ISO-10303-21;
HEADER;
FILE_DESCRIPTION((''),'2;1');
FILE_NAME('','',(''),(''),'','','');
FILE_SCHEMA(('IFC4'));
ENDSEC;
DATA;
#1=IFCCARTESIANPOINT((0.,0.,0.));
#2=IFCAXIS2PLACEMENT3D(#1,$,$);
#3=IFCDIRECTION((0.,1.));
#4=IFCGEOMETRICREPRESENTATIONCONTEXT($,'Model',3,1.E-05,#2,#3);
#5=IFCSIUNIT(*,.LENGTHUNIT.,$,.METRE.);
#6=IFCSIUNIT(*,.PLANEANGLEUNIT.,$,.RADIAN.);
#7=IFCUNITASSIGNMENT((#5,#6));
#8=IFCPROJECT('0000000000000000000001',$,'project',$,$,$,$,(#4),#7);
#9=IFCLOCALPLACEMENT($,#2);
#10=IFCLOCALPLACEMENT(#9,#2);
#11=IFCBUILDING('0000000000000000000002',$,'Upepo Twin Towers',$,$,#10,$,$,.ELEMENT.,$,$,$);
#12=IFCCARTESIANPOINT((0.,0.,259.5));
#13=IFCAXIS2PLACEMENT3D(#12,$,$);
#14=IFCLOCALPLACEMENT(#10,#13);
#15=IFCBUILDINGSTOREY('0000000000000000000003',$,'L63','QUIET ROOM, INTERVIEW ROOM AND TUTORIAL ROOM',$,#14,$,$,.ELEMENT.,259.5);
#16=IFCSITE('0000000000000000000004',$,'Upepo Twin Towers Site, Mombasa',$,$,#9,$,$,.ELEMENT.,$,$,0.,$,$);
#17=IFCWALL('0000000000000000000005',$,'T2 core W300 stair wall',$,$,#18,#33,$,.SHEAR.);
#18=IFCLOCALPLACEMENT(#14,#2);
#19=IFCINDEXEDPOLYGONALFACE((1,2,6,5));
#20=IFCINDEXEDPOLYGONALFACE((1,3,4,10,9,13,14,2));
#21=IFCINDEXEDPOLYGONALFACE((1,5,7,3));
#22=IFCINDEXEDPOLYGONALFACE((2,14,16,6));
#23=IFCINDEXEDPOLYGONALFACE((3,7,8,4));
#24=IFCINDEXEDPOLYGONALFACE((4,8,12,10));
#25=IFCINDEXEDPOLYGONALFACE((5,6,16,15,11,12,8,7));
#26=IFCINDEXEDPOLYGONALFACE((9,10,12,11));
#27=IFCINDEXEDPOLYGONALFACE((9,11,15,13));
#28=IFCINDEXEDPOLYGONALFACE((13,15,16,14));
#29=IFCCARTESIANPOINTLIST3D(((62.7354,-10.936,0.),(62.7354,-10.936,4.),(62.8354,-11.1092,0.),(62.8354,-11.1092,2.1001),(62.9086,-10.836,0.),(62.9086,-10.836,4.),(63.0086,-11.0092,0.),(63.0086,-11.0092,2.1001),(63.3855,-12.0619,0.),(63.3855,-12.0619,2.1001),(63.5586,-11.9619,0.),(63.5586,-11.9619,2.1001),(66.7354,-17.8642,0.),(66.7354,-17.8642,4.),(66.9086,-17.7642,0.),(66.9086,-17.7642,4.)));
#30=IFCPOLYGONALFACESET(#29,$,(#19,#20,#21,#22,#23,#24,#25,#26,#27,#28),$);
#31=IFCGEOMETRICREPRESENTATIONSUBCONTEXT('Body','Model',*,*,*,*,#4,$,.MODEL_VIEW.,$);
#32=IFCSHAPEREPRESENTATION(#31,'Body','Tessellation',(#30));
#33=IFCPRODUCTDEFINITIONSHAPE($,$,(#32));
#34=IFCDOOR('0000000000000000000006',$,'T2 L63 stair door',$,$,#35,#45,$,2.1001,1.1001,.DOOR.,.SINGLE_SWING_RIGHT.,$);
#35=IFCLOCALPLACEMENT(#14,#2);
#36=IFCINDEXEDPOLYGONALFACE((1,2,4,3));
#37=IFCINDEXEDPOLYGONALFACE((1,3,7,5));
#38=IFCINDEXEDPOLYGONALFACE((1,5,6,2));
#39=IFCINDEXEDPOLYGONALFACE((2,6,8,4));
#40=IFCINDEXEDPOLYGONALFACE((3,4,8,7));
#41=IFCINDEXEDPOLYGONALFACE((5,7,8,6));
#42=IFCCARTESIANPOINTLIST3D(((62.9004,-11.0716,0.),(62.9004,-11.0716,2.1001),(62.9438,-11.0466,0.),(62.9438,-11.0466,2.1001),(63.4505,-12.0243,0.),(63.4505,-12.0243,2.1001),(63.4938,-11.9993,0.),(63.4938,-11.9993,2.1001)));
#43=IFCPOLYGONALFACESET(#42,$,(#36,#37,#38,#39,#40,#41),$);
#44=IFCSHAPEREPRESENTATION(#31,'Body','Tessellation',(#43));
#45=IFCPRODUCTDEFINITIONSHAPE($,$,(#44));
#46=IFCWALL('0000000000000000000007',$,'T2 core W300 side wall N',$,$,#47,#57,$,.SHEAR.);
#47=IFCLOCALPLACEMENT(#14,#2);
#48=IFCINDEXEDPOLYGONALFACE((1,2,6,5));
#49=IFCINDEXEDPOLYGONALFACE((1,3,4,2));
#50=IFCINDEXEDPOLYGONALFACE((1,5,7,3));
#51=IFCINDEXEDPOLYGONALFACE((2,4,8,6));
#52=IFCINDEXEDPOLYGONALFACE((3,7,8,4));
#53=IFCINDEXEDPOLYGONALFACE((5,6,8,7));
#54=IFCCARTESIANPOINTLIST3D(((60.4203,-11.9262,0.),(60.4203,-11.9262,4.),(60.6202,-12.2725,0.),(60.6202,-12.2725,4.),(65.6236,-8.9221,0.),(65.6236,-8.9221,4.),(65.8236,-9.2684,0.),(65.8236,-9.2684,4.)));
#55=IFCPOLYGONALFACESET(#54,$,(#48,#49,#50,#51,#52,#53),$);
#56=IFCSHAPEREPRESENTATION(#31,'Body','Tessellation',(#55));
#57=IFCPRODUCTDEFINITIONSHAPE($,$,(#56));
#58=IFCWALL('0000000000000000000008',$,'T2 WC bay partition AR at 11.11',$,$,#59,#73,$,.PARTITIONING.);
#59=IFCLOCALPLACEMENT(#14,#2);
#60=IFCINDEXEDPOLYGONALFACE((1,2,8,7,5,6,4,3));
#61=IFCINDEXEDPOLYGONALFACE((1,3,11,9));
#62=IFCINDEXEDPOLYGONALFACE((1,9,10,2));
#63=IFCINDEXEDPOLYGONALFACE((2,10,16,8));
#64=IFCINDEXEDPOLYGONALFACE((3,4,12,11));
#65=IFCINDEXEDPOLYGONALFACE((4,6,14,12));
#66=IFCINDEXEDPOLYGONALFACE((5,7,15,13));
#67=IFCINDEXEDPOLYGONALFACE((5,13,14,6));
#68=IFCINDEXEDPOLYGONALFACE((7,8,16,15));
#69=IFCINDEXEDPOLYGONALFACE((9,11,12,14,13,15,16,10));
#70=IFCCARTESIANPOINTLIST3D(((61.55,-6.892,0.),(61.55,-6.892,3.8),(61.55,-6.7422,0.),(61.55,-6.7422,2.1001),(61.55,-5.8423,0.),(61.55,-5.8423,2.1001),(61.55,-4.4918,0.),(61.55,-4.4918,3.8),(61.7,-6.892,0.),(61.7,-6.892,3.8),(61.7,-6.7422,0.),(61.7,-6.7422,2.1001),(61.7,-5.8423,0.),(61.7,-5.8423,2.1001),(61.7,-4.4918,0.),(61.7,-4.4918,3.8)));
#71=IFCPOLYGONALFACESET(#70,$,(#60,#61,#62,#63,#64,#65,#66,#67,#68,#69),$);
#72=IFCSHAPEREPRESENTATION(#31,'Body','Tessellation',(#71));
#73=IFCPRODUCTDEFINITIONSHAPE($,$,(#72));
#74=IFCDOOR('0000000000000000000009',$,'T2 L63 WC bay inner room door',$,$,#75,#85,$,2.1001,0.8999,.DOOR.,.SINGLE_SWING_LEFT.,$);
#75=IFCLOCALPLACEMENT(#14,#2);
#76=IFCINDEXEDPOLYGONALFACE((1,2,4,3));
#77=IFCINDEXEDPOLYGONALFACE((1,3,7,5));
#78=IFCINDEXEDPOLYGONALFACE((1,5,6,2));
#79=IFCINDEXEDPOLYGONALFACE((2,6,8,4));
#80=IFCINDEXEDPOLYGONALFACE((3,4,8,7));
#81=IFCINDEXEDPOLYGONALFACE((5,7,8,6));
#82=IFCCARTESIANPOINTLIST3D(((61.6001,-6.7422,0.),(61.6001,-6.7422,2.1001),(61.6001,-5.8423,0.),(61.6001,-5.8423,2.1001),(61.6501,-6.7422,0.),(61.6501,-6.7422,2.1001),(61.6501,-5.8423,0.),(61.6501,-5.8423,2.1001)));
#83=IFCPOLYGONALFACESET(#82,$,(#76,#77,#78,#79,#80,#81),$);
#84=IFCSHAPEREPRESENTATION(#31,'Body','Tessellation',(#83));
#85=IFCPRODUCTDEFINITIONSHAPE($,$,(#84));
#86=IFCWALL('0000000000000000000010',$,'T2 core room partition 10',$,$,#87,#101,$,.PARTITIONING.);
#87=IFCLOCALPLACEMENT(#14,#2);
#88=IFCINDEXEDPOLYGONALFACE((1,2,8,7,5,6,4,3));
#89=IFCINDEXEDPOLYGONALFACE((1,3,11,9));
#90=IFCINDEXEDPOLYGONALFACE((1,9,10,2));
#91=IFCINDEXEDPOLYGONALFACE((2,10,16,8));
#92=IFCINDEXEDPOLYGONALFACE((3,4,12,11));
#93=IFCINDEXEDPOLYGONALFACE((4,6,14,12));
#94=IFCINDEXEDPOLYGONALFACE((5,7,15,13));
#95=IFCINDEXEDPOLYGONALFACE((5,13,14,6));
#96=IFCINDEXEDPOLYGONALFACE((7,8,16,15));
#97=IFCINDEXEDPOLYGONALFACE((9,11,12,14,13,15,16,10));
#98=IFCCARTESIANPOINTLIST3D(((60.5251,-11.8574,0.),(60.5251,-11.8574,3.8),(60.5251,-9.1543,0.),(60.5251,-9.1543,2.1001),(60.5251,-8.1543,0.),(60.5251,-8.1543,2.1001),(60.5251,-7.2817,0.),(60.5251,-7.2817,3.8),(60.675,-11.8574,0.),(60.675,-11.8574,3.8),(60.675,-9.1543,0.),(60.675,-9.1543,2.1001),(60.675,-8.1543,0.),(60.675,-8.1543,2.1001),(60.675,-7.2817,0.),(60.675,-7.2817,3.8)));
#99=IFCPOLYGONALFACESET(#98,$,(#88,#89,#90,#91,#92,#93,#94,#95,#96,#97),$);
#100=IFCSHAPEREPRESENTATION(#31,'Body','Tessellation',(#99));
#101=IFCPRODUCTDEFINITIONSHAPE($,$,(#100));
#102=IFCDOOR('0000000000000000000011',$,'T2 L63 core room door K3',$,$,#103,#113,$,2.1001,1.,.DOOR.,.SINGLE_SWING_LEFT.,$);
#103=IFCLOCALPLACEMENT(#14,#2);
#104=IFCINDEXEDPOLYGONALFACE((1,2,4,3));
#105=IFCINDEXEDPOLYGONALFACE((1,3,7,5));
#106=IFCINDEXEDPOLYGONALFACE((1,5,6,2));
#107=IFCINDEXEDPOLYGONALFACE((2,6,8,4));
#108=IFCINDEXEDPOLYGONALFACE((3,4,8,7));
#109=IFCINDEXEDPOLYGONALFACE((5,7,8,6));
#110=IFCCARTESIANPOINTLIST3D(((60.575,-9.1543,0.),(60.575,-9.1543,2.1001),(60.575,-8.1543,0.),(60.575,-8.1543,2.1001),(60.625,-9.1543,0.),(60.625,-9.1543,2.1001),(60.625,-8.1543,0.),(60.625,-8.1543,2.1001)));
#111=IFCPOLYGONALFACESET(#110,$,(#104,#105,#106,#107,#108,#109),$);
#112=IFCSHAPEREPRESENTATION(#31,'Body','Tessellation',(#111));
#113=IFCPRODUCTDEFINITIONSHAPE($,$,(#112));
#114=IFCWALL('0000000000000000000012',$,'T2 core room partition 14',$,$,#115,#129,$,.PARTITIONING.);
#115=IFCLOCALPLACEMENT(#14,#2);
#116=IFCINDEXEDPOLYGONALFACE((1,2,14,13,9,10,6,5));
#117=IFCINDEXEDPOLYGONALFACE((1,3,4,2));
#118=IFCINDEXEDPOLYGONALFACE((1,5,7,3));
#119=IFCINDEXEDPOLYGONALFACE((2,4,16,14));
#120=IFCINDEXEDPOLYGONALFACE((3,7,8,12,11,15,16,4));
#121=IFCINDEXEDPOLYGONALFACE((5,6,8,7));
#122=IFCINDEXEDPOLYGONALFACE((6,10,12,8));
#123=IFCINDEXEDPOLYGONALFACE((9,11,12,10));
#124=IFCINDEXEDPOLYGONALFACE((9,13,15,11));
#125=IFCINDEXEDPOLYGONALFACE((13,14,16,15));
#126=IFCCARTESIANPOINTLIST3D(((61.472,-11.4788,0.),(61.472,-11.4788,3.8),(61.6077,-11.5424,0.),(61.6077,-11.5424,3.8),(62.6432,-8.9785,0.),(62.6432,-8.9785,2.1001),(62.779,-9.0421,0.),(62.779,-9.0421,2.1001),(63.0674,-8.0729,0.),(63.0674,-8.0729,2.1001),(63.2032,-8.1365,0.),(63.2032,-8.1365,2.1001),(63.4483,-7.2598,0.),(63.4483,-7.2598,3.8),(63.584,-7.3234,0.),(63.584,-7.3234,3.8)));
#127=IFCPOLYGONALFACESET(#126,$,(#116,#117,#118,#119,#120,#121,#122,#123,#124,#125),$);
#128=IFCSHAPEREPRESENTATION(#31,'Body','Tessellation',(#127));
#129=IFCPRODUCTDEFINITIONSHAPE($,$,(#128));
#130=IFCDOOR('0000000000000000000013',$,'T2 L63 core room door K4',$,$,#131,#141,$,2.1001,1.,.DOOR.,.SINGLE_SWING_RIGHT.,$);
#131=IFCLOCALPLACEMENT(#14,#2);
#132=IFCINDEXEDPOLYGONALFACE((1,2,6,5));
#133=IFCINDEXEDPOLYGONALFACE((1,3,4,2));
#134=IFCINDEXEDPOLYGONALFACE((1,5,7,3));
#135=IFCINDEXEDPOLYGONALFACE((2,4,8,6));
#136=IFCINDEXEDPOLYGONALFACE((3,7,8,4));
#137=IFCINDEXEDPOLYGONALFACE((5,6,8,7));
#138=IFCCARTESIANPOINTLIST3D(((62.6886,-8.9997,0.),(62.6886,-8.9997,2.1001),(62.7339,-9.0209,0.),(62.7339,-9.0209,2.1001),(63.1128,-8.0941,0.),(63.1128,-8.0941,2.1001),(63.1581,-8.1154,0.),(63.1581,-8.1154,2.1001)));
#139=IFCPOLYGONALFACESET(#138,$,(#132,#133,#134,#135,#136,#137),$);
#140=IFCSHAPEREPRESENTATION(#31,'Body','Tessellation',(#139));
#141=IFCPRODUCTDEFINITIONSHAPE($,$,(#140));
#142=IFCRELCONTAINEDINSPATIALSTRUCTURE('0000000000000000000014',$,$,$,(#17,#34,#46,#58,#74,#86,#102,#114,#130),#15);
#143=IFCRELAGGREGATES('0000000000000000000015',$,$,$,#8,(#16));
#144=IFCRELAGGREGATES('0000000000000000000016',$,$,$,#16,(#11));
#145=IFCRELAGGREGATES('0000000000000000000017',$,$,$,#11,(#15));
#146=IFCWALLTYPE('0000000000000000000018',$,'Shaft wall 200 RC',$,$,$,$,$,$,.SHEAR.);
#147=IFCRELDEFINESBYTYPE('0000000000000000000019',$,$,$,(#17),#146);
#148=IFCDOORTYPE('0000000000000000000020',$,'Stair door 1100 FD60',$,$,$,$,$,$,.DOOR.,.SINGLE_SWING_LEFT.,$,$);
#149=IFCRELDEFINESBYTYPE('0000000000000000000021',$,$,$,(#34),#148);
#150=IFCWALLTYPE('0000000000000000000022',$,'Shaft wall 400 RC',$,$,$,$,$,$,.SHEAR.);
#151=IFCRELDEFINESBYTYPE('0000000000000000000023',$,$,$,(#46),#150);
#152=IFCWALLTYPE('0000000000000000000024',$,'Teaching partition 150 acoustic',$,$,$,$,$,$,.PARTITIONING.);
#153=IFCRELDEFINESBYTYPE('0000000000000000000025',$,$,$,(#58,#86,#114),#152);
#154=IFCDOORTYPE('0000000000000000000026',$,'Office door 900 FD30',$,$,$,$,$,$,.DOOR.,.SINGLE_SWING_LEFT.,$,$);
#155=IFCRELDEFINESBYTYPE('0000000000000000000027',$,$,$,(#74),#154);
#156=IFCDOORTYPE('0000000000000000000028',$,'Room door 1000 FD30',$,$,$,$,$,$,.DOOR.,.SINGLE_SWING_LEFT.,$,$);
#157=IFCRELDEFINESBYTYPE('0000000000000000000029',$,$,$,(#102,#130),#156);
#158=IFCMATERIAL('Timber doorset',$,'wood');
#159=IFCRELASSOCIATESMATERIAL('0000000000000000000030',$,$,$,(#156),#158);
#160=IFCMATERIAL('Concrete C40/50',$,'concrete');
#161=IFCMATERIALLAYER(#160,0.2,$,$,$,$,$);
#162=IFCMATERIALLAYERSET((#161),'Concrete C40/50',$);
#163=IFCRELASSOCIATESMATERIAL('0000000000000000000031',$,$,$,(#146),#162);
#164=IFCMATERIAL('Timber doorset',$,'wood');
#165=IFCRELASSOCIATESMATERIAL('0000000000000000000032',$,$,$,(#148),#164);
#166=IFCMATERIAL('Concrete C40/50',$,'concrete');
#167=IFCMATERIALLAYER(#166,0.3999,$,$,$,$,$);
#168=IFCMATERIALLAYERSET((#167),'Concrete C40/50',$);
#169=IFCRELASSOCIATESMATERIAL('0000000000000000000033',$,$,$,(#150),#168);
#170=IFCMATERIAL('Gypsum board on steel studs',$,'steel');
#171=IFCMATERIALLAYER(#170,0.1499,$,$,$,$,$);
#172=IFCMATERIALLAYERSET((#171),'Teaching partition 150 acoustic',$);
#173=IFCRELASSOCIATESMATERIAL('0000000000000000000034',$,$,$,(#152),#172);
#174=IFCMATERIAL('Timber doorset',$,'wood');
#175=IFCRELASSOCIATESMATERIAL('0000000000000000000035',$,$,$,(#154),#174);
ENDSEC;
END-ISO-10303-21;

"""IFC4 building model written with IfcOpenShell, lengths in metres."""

from ifc_helpers import new_model, si_unit, direction, frame, frame_2d, origin, place, context, subcontext, project, spatial, rectangle, extrude, material, layer, layer_set, type_object, element, fill, save


model = new_model("IFC4")

# Units and contexts
model_context = context("Model", 3, precision=1e-05, world=origin(), true_north=direction((0.0, 1.0)))
body_context = subcontext(model_context, "Body", "Model", "MODEL_VIEW")
ifc_project = project(units=[si_unit("LENGTHUNIT", "METRE"), si_unit("PLANEANGLEUNIT", "RADIAN")], contexts=[model_context])

# Site, building, storey
site_placement = place(None, origin())
site = spatial("IfcSite", under=ifc_project, at=site_placement, Name="Upepo Twin Towers Site, Mombasa", CompositionType="ELEMENT", RefElevation=0.0)
building_placement = place(site_placement, origin())
building = spatial("IfcBuilding", under=site, at=building_placement, Name="Upepo Twin Towers", CompositionType="ELEMENT")
storey_placement = place(building_placement, frame((0.0, 0.0, 259.5)))
storey = spatial("IfcBuildingStorey", under=building, at=storey_placement, Name="L63", Description="QUIET ROOM, INTERVIEW ROOM AND TUTORIAL ROOM", CompositionType="ELEMENT", Elevation=259.5)

# Shared definitions
ifc_material_1 = material(Name="Timber doorset", Category="wood")
door_type_1 = type_object("IfcDoorType", Name="Room door 1000 FD30", OperationType="SINGLE_SWING_LEFT", PredefinedType="DOOR", material=ifc_material_1)

# Shared definitions
ifc_material_2 = material(Name="Concrete C40/50", Category="concrete")
ifc_layer_1 = layer(ifc_material_2, 0.2)
ifc_layer_set_1 = layer_set([ifc_layer_1], Name="Concrete C40/50")
wall_type_1 = type_object("IfcWallType", Name="Shaft wall 200 RC", PredefinedType="SHEAR", material=ifc_layer_set_1)

# Wall, opening, door
wall_1_placement = place(storey_placement, frame((66.822, -17.8142, 0.0), z_axis=(0.0, 0.0, 1.0), x_axis=(-0.499999, 0.866026, 0.0)))
wall_1 = element("IfcWall", 1, at=wall_1_placement, inside=storey, type_object=wall_type_1, Name="T2 core W300 stair wall", PredefinedType="SHEAR", context=body_context, shape_type="SweptSolid", body=[
    extrude(rectangle(XDim=8.0, YDim=0.2, at=frame_2d((4.0, 0.0))), origin(), (0.0, 0.0, 1.0), 4.0),
])
opening_1_placement = place(wall_1_placement, frame((6.7, 0.0, 0.0)))
opening_1 = element("IfcOpeningElement", 2, at=opening_1_placement, cuts=wall_1, PredefinedType="OPENING", context=body_context, shape_type="SweptSolid", body=[
    extrude(rectangle(XDim=1.1001, YDim=2.1001, at=frame_2d((0.55, 1.05))), frame((0.0, 0.1099, 0.0), z_axis=(0.0, -1.0, 0.0), x_axis=(1.0, 0.0, 0.0)), (0.0, 0.0, 1.0), 0.22),
])
ifc_material_3 = material(Name="Timber doorset", Category="wood")
door_type_2 = type_object("IfcDoorType", Name="Stair door 1100 FD60", OperationType="SINGLE_SWING_LEFT", PredefinedType="DOOR", material=ifc_material_3)
door_1_placement = place(opening_1_placement, origin())
door_1 = element("IfcDoor", 3, at=door_1_placement, inside=storey, type_object=door_type_2, Name="T2 L63 stair door", OperationType="SINGLE_SWING_RIGHT", OverallHeight=2.1001, OverallWidth=1.1001, PredefinedType="DOOR", context=body_context, shape_type="SweptSolid", body=[
    extrude(rectangle(XDim=1.1001, YDim=2.1001, at=frame_2d((0.55, 1.05))), frame((0.0, 0.0249, 0.0), z_axis=(0.0, -1.0, 0.0), x_axis=(1.0, 0.0, 0.0)), (0.0, 0.0, 1.0), 0.05),
])
fill(opening_1, door_1)

# Wall
ifc_material_4 = material(Name="Concrete C40/50", Category="concrete")
ifc_layer_2 = layer(ifc_material_4, 0.3999)
ifc_layer_set_2 = layer_set([ifc_layer_2], Name="Concrete C40/50")
wall_type_2 = type_object("IfcWallType", Name="Shaft wall 400 RC", PredefinedType="SHEAR", material=ifc_layer_set_2)
wall_2_placement = place(storey_placement, frame((60.5203, -12.0994, 0.0), z_axis=(0.0, 0.0, 1.0), x_axis=(0.866027, 0.499998, 0.0)))
element("IfcWall", 4, at=wall_2_placement, inside=storey, type_object=wall_type_2, Name="T2 core W300 side wall N", PredefinedType="SHEAR", context=body_context, shape_type="SweptSolid", body=[
    extrude(rectangle(XDim=6.0083, YDim=0.3999, at=frame_2d((3.0042, 0.0))), origin(), (0.0, 0.0, 1.0), 4.0),
])

# Walls, openings, doors
ifc_material_5 = material(Name="Gypsum board on steel studs", Category="steel")
ifc_layer_3 = layer(ifc_material_5, 0.1499)
ifc_layer_set_3 = layer_set([ifc_layer_3], Name="Teaching partition 150 acoustic")
wall_type_3 = type_object("IfcWallType", Name="Teaching partition 150 acoustic", PredefinedType="PARTITIONING", material=ifc_layer_set_3)
wall_3_placement = place(storey_placement, frame((61.625, -6.8921, 0.0), z_axis=(0.0, 0.0, 1.0), x_axis=(0.0, 1.0, 0.0)))
wall_3 = element("IfcWall", 5, at=wall_3_placement, inside=storey, type_object=wall_type_3, Name="T2 WC bay partition AR at 11.11", PredefinedType="PARTITIONING", context=body_context, shape_type="SweptSolid", body=[
    extrude(rectangle(XDim=2.4001, YDim=0.1499, at=frame_2d((1.2002, 0.0))), origin(), (0.0, 0.0, 1.0), 3.8),
])
opening_2_placement = place(wall_3_placement, frame((0.1499, 0.0, 0.0)))
opening_2 = element("IfcOpeningElement", 6, at=opening_2_placement, cuts=wall_3, PredefinedType="OPENING", context=body_context, shape_type="SweptSolid", body=[
    extrude(rectangle(XDim=0.8999, YDim=2.1001, at=frame_2d((0.45, 1.05))), frame((0.0, 0.085, 0.0), z_axis=(0.0, -1.0, 0.0), x_axis=(1.0, 0.0, 0.0)), (0.0, 0.0, 1.0), 0.1699),
])
ifc_material_6 = material(Name="Timber doorset", Category="wood")
door_type_3 = type_object("IfcDoorType", Name="Office door 900 FD30", OperationType="SINGLE_SWING_LEFT", PredefinedType="DOOR", material=ifc_material_6)
door_2_placement = place(opening_2_placement, origin())
door_2 = element("IfcDoor", 7, at=door_2_placement, inside=storey, type_object=door_type_3, Name="T2 L63 WC bay inner room door", OperationType="SINGLE_SWING_LEFT", OverallHeight=2.1001, OverallWidth=0.8999, PredefinedType="DOOR", context=body_context, shape_type="SweptSolid", body=[
    extrude(rectangle(XDim=0.8999, YDim=2.1001, at=frame_2d((0.45, 1.05))), frame((0.0, 0.0249, 0.0), z_axis=(0.0, -1.0, 0.0), x_axis=(1.0, 0.0, 0.0)), (0.0, 0.0, 1.0), 0.05),
])
fill(opening_2, door_2)
wall_4_placement = place(storey_placement, frame((60.6001, -7.2817, 0.0), z_axis=(0.0, 0.0, 1.0), x_axis=(0.0, -1.0, 0.0)))
wall_4 = element("IfcWall", 8, at=wall_4_placement, inside=storey, type_object=wall_type_3, Name="T2 core room partition 10", PredefinedType="PARTITIONING", context=body_context, shape_type="SweptSolid", body=[
    extrude(rectangle(XDim=4.5757, YDim=0.1499, at=frame_2d((2.2878, 0.0))), origin(), (0.0, 0.0, 1.0), 3.8),
])
opening_3_placement = place(wall_4_placement, frame((0.8726, 0.0, 0.0)))
opening_3 = element("IfcOpeningElement", 9, at=opening_3_placement, cuts=wall_4, PredefinedType="OPENING", context=body_context, shape_type="SweptSolid", body=[
    extrude(rectangle(XDim=1.0, YDim=2.1001, at=frame_2d((0.5, 1.05))), frame((0.0, 0.085, 0.0), z_axis=(0.0, -1.0, 0.0), x_axis=(1.0, 0.0, 0.0)), (0.0, 0.0, 1.0), 0.1699),
])
door_3_placement = place(opening_3_placement, origin())
door_3 = element("IfcDoor", 10, at=door_3_placement, inside=storey, type_object=door_type_1, Name="T2 L63 core room door K3", OperationType="SINGLE_SWING_LEFT", OverallHeight=2.1001, OverallWidth=1.0, PredefinedType="DOOR", context=body_context, shape_type="SweptSolid", body=[
    extrude(rectangle(XDim=1.0, YDim=2.1001, at=frame_2d((0.5, 1.05))), frame((0.0, 0.0249, 0.0), z_axis=(0.0, -1.0, 0.0), x_axis=(1.0, 0.0, 0.0)), (0.0, 0.0, 1.0), 0.05),
])
fill(opening_3, door_3)
wall_5_placement = place(storey_placement, frame((61.5398, -11.5107, 0.0), z_axis=(0.0, 0.0, 1.0), x_axis=(0.424199, 0.905569, 0.0)))
wall_5 = element("IfcWall", 11, at=wall_5_placement, inside=storey, type_object=wall_type_3, Name="T2 core room partition 14", PredefinedType="PARTITIONING", context=body_context, shape_type="SweptSolid", body=[
    extrude(rectangle(XDim=4.6589, YDim=0.1499, at=frame_2d((2.3296, 0.0))), origin(), (0.0, 0.0, 1.0), 3.8),
])
opening_4_placement = place(wall_5_placement, frame((2.7612, 0.0, 0.0)))
opening_4 = element("IfcOpeningElement", 12, at=opening_4_placement, cuts=wall_5, PredefinedType="OPENING", context=body_context, shape_type="SweptSolid", body=[
    extrude(rectangle(XDim=1.0, YDim=2.1001, at=frame_2d((0.5, 1.05))), frame((0.0, 0.085, 0.0), z_axis=(0.0, -1.0, 0.0), x_axis=(1.0, 0.0, 0.0)), (0.0, 0.0, 1.0), 0.1699),
])
door_4_placement = place(opening_4_placement, origin())
door_4 = element("IfcDoor", 13, at=door_4_placement, inside=storey, type_object=door_type_1, Name="T2 L63 core room door K4", OperationType="SINGLE_SWING_RIGHT", OverallHeight=2.1001, OverallWidth=1.0, PredefinedType="DOOR", context=body_context, shape_type="SweptSolid", body=[
    extrude(rectangle(XDim=1.0, YDim=2.1001, at=frame_2d((0.5, 1.05))), frame((0.0, 0.0249, 0.0), z_axis=(0.0, -1.0, 0.0), x_axis=(1.0, 0.0, 0.0)), (0.0, 0.0, 1.0), 0.05),
])
fill(opening_4, door_4)

save(model, "model.ifc")
